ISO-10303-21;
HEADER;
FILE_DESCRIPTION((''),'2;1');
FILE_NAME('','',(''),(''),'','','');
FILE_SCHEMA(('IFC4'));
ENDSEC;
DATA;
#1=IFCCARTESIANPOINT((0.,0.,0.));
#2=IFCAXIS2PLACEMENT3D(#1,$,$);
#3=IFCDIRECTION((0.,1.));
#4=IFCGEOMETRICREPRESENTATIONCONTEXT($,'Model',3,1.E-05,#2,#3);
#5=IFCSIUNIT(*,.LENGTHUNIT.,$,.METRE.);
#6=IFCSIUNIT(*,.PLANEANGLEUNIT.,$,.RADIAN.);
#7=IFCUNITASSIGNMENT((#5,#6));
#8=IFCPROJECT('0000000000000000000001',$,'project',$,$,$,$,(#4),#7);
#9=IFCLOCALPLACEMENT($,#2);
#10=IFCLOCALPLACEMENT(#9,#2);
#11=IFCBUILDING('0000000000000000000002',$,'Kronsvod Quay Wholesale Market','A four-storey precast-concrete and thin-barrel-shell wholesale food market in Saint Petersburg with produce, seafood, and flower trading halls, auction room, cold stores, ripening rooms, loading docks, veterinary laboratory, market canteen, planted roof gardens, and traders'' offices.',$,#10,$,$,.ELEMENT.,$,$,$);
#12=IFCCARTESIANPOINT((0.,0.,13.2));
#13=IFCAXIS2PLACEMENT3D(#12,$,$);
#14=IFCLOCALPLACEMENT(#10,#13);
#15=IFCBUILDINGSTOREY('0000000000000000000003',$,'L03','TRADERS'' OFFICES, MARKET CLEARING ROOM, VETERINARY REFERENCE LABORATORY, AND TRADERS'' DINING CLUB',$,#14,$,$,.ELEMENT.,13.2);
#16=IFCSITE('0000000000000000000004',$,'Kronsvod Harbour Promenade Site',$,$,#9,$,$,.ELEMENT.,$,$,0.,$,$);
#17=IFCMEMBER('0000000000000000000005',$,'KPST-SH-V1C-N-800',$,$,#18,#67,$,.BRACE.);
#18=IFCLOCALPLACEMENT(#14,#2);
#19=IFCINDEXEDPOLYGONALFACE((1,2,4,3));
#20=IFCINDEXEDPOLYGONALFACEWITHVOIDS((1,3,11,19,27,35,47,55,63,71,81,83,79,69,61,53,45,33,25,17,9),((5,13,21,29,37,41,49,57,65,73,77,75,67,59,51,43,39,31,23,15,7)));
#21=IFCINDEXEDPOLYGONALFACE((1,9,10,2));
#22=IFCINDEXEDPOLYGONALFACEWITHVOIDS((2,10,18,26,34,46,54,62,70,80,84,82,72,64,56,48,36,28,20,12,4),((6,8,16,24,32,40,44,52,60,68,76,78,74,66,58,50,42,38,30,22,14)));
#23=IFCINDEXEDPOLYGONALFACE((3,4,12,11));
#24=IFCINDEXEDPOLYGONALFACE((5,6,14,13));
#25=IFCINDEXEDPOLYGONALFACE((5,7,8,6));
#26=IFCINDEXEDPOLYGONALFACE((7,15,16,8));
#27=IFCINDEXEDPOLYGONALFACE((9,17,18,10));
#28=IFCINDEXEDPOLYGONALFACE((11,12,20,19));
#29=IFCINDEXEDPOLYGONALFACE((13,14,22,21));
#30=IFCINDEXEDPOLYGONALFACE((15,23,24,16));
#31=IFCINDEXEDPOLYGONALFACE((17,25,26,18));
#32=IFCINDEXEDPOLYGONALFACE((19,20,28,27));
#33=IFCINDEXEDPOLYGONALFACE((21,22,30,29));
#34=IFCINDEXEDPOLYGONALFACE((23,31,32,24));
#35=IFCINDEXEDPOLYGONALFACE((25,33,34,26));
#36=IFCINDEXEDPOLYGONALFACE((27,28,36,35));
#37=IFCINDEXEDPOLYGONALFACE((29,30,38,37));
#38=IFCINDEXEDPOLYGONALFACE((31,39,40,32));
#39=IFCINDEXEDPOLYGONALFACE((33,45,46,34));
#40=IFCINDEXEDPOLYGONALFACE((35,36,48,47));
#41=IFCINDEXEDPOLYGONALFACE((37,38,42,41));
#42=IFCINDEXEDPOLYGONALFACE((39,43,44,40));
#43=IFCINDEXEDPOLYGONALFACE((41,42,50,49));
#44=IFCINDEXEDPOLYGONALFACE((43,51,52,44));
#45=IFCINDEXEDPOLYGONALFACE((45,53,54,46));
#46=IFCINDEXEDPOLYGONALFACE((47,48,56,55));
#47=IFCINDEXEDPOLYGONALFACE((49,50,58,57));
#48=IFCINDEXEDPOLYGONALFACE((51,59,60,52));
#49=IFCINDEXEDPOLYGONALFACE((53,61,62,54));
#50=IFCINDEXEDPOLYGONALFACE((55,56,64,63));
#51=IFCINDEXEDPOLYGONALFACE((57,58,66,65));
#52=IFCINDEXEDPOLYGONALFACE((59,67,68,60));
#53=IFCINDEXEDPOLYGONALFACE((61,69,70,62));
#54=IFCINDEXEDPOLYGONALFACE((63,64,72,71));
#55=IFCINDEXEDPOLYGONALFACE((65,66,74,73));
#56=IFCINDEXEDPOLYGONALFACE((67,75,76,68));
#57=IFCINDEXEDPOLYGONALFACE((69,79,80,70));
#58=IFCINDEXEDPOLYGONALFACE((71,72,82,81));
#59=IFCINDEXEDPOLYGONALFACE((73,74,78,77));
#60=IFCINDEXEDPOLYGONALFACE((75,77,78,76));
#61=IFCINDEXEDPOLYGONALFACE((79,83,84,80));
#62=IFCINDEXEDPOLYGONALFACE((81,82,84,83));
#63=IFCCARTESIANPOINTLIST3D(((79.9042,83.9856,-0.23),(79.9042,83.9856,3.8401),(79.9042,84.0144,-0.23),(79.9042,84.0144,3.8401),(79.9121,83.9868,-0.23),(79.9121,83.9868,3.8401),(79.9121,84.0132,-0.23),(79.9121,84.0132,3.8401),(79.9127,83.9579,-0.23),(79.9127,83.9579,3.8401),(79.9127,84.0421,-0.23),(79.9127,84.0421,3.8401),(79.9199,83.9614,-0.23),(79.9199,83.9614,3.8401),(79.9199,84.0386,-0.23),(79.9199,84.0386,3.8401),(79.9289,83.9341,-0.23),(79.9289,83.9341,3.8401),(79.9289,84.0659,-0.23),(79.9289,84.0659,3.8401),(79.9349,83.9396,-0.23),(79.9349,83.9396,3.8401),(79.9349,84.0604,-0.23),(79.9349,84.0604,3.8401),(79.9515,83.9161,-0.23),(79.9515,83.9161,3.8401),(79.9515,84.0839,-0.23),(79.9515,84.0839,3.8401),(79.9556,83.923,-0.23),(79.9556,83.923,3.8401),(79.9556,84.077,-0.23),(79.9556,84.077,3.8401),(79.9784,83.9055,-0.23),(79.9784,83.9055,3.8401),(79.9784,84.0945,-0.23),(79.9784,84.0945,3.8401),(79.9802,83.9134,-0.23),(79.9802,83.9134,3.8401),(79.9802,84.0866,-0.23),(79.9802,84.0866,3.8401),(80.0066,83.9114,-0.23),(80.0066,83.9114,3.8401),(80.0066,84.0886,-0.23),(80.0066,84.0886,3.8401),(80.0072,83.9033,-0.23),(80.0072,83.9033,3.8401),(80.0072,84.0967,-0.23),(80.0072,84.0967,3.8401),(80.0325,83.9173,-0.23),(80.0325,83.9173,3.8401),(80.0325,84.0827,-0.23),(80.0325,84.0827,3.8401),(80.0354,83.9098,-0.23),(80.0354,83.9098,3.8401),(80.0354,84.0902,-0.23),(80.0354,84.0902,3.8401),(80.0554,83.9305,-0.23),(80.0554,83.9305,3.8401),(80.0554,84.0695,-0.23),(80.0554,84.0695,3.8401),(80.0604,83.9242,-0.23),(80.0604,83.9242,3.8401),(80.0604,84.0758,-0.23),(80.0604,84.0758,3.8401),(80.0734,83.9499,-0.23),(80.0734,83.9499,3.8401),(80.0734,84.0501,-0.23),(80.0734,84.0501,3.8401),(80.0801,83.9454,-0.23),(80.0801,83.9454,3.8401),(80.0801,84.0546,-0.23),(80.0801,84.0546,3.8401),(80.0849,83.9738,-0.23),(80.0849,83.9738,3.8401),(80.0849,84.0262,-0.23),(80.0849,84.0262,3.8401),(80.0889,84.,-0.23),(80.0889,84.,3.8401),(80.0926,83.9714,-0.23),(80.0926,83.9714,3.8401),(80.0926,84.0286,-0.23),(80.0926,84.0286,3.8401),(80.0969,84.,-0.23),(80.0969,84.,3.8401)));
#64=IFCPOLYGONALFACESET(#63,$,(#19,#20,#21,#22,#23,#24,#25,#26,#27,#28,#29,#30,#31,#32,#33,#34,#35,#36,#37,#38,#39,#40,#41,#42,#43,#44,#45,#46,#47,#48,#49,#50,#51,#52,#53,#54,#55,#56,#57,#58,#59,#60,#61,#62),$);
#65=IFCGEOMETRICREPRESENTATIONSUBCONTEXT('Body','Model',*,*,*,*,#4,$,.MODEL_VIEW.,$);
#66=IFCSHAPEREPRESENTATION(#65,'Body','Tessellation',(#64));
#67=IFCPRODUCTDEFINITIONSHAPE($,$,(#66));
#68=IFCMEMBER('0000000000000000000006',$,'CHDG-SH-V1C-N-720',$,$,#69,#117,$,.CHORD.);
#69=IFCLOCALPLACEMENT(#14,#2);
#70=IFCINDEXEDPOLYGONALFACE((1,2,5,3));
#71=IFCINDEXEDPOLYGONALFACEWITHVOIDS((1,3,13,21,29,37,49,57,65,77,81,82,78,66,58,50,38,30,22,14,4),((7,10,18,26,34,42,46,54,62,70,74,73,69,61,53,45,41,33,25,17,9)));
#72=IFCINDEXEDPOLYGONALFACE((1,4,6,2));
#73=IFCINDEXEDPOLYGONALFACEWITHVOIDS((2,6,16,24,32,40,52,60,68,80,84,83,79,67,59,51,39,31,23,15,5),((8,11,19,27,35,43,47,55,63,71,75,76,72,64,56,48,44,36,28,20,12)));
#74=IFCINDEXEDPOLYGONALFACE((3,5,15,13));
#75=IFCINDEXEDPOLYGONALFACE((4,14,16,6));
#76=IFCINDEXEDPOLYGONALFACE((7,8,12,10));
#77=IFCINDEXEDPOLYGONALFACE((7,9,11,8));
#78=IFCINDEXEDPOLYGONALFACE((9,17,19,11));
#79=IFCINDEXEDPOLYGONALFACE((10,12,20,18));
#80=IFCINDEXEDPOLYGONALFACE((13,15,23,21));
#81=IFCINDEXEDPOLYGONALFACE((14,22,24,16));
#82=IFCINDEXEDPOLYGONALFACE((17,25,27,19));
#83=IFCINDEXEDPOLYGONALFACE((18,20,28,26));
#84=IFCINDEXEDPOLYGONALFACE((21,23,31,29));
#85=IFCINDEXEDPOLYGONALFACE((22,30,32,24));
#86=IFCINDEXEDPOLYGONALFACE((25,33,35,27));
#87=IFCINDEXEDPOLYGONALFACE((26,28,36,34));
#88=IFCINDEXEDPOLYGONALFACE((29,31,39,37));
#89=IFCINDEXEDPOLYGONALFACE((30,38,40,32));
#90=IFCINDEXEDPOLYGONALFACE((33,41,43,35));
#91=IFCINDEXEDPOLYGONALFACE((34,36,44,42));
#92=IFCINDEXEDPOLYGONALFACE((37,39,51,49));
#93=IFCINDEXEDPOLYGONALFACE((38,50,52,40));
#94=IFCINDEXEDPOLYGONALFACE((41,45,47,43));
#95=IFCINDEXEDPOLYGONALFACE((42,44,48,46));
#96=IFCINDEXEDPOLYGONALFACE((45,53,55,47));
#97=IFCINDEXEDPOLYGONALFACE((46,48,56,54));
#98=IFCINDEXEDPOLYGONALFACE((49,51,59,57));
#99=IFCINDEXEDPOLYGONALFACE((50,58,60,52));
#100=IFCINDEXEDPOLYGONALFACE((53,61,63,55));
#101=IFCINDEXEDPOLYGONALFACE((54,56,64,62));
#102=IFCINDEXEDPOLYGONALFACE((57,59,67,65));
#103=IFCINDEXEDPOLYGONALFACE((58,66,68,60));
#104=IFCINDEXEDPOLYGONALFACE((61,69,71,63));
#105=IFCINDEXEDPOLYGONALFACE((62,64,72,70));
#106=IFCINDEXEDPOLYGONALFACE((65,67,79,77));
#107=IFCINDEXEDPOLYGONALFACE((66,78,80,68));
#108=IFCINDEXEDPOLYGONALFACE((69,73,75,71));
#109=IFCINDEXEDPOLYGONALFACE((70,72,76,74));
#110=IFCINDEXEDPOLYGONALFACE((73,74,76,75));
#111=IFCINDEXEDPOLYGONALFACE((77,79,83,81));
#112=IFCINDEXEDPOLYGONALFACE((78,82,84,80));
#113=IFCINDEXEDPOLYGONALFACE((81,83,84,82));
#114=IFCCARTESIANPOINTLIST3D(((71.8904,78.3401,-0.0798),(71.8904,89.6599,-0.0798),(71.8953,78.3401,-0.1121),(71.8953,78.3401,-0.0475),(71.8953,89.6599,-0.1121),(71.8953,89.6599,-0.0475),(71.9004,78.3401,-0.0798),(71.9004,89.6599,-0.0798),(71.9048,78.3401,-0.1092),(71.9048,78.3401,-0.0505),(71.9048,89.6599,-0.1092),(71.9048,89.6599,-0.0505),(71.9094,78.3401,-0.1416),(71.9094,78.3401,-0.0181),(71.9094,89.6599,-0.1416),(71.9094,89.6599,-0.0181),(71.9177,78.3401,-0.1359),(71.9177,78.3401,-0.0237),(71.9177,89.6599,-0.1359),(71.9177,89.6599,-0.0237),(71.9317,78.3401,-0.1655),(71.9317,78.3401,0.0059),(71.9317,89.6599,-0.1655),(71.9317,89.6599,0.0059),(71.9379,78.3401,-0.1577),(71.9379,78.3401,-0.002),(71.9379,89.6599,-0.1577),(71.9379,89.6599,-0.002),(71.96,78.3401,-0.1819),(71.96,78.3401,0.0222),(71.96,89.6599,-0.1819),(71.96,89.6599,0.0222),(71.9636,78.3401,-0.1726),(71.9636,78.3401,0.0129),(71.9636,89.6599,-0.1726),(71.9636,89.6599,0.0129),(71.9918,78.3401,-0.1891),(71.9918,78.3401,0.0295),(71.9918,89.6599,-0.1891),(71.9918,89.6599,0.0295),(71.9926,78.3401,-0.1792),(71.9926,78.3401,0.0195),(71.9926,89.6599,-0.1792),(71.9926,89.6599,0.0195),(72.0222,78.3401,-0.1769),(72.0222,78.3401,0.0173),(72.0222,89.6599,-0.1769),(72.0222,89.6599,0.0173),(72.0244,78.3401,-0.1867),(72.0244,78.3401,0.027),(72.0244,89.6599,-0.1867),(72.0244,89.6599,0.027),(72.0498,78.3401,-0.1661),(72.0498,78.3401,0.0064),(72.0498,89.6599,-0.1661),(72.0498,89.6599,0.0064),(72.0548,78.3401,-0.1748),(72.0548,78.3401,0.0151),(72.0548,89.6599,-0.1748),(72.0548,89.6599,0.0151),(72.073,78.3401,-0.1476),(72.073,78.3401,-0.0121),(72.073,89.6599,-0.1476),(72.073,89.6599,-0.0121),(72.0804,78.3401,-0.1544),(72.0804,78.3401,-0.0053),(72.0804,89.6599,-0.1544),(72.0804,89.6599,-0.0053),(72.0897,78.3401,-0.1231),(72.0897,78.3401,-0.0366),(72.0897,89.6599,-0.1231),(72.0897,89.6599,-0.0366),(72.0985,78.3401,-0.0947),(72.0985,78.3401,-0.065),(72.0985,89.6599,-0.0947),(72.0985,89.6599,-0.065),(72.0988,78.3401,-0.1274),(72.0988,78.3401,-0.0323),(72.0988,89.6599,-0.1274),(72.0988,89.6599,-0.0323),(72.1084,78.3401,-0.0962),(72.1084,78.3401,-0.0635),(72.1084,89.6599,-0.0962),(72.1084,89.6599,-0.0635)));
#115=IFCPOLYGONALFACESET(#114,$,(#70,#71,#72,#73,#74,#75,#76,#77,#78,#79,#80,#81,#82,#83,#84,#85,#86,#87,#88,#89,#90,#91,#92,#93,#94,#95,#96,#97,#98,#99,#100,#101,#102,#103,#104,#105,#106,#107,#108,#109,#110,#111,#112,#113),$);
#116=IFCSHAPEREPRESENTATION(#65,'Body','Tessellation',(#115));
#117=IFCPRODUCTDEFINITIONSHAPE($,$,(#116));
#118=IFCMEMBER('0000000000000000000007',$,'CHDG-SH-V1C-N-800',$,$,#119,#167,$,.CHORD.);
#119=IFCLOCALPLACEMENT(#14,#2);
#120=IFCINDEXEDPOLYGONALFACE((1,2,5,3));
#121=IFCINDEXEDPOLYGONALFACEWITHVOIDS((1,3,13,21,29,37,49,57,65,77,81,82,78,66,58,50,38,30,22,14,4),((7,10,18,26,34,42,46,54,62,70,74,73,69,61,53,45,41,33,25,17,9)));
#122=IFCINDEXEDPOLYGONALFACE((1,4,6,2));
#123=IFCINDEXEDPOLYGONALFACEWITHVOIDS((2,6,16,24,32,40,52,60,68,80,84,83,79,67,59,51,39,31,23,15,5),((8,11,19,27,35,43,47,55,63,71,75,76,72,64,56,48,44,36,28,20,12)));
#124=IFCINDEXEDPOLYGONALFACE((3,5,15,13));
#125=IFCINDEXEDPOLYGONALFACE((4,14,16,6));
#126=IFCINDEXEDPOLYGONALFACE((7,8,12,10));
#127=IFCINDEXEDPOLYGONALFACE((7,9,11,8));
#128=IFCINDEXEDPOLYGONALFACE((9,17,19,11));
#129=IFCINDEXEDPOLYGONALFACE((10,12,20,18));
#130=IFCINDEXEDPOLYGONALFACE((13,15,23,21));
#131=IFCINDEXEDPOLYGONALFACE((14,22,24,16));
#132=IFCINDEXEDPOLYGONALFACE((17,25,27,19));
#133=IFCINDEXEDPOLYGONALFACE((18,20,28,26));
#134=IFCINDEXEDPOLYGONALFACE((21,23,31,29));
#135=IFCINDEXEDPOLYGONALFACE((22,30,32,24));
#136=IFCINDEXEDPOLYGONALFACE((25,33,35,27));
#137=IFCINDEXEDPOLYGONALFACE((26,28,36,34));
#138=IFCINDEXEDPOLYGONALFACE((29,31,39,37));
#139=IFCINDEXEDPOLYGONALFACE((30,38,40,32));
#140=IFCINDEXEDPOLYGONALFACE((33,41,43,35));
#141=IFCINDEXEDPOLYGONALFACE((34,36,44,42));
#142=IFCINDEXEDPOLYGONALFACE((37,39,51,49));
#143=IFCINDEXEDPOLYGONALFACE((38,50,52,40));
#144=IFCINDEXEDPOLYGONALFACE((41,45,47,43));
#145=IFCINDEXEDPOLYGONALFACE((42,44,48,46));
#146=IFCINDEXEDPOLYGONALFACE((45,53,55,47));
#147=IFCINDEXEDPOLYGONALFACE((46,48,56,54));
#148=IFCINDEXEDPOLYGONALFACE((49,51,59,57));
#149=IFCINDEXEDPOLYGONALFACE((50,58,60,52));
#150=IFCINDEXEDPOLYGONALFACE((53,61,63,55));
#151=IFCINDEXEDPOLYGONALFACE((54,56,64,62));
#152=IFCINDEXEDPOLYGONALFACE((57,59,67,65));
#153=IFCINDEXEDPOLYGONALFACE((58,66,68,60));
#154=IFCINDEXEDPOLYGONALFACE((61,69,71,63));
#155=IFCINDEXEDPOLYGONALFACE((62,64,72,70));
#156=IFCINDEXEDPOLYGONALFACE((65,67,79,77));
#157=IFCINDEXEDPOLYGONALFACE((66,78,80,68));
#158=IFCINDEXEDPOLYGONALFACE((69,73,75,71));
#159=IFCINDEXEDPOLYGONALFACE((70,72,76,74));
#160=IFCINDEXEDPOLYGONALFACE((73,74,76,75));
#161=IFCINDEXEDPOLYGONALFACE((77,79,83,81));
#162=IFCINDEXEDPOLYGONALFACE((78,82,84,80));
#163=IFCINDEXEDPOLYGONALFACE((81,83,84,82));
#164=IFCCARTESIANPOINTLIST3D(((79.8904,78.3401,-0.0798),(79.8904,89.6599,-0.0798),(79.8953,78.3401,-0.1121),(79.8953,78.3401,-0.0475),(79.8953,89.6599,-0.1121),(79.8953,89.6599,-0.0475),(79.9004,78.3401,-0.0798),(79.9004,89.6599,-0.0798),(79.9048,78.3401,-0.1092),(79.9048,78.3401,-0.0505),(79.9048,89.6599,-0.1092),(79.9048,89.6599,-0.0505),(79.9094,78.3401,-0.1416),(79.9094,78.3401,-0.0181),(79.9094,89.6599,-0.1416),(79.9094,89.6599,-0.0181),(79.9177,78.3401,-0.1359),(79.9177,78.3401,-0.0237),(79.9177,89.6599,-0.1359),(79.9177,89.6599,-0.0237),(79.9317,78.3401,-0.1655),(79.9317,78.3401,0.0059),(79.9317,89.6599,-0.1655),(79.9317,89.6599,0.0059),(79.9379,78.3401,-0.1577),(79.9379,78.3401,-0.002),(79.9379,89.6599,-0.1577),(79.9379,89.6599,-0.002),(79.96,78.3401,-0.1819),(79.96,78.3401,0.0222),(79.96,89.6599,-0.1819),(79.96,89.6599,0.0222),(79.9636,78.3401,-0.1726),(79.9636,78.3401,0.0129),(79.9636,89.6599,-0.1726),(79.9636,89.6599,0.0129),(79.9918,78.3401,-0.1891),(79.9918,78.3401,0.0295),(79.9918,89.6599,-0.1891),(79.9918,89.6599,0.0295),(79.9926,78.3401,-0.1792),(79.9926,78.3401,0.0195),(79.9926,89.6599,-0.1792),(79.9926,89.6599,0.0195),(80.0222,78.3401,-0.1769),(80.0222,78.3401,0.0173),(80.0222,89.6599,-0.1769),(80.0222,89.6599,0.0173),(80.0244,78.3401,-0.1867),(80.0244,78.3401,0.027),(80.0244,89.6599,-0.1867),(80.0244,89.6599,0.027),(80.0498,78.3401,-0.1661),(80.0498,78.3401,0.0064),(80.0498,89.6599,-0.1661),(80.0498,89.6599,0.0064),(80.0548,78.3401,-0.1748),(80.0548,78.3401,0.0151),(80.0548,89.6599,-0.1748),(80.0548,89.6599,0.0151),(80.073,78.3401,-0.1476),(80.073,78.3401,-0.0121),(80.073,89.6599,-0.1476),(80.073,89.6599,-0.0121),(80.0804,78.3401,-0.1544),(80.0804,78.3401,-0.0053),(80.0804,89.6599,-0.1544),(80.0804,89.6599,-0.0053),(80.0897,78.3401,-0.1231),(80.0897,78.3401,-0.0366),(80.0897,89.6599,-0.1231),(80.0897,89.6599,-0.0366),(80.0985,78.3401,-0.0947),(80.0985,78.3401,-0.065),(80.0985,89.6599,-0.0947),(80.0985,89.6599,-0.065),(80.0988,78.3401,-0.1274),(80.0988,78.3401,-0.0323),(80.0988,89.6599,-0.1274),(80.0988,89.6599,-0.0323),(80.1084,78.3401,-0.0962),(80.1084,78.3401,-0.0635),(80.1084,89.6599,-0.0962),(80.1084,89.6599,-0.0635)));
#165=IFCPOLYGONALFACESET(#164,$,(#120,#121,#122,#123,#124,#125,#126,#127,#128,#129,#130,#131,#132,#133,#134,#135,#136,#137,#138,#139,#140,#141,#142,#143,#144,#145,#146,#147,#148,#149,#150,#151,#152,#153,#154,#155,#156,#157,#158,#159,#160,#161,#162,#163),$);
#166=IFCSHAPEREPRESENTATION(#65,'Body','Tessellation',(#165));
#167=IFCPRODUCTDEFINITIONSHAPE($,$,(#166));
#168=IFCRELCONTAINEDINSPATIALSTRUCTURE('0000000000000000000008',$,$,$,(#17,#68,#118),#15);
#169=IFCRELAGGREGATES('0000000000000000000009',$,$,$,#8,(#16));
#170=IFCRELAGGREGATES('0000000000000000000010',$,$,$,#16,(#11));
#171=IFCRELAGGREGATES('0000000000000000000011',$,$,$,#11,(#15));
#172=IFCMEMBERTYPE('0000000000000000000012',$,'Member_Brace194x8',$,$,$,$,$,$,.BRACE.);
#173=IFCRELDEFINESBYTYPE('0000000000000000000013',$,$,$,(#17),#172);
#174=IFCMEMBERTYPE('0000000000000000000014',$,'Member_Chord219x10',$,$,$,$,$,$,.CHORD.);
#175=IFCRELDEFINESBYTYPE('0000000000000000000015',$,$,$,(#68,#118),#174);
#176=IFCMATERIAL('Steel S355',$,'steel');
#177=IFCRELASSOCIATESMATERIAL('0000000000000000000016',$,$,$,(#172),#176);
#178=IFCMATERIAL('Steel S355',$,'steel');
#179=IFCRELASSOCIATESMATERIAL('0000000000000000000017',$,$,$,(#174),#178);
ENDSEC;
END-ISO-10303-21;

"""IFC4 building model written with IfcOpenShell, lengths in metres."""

from ifc_helpers import new_model, si_unit, direction, frame, origin, origin_2d, place, context, subcontext, project, spatial, hollow_circle, extrude, material, material_profile, profile_set, type_object, element, save


model = new_model("IFC4")

# Units and contexts
model_context = context("Model", 3, precision=1e-05, world=origin(), true_north=direction((0.0, 1.0)))
body_context = subcontext(model_context, "Body", "Model", "MODEL_VIEW")
ifc_project = project(units=[si_unit("LENGTHUNIT", "METRE"), si_unit("PLANEANGLEUNIT", "RADIAN")], contexts=[model_context])

# Site, building, storey
site_placement = place(None, origin())
site = spatial("IfcSite", under=ifc_project, at=site_placement, Name="Kronsvod Harbour Promenade Site", CompositionType="ELEMENT", RefElevation=0.0)
building_placement = place(site_placement, origin())
building = spatial("IfcBuilding", under=site, at=building_placement, Name="Kronsvod Quay Wholesale Market", Description="A four-storey precast-concrete and thin-barrel-shell wholesale food market in Saint Petersburg with produce, seafood, and flower trading halls, auction room, cold stores, ripening rooms, loading docks, veterinary laboratory, market canteen, planted roof gardens, and traders' offices.", CompositionType="ELEMENT")
storey_placement = place(building_placement, frame((0.0, 0.0, 13.2)))
storey = spatial("IfcBuildingStorey", under=building, at=storey_placement, Name="L03", Description="TRADERS' OFFICES, MARKET CLEARING ROOM, VETERINARY REFERENCE LABORATORY, AND TRADERS' DINING CLUB", CompositionType="ELEMENT", Elevation=13.2)

# Members
ifc_material_1 = material(Name="Steel S355", Category="steel")
ifc_material_profile_1 = material_profile(ifc_material_1, hollow_circle(Radius=0.0969, WallThickness=0.0081, at=origin_2d()), Name="CHS194x8")
ifc_profile_set_1 = profile_set([ifc_material_profile_1], Name="Steel S355")
member_type_1 = type_object("IfcMemberType", Name="Member_Brace194x8", PredefinedType="BRACE", material=ifc_profile_set_1)
for number, where, z_axis, x_axis, name in (
    (1, (80.0, 84.0, -0.23), (0.0, 0.0, 1.0), (1.0, 0.0, 0.0), "KPST-SH-V1C-N-800"),
):
    element("IfcMember", number, at=place(storey_placement, frame(where, z_axis=z_axis, x_axis=x_axis)), inside=storey, type_object=member_type_1, Name=name, PredefinedType="BRACE", context=body_context, shape_type="SweptSolid", body=[
        extrude(hollow_circle(Radius=0.0969, WallThickness=0.0081, at=origin_2d()), origin(), (0.0, 0.0, 1.0), 4.0701),
    ])
ifc_material_2 = material(Name="Steel S355", Category="steel")
ifc_material_profile_2 = material_profile(ifc_material_2, hollow_circle(Radius=0.1096, WallThickness=0.01, at=origin_2d()), Name="CHS219x10")
ifc_profile_set_2 = profile_set([ifc_material_profile_2], Name="Steel S355")
member_type_2 = type_object("IfcMemberType", Name="Member_Chord219x10", PredefinedType="CHORD", material=ifc_profile_set_2)
for number, where, z_axis, x_axis, name in (
    (2, (72.0, 78.3401, -0.0798), (0.0, 1.0, 0.0), (-1.0, 0.0, 0.0), "CHDG-SH-V1C-N-720"),
    (3, (80.0, 78.3401, -0.0798), (0.0, 1.0, 0.0), (-1.0, 0.0, 0.0), "CHDG-SH-V1C-N-800"),
):
    element("IfcMember", number, at=place(storey_placement, frame(where, z_axis=z_axis, x_axis=x_axis)), inside=storey, type_object=member_type_2, Name=name, PredefinedType="CHORD", context=body_context, shape_type="SweptSolid", body=[
        extrude(hollow_circle(Radius=0.1096, WallThickness=0.01, at=origin_2d()), origin(), (0.0, 0.0, 1.0), 11.3198),
    ])

save(model, "model.ifc")
